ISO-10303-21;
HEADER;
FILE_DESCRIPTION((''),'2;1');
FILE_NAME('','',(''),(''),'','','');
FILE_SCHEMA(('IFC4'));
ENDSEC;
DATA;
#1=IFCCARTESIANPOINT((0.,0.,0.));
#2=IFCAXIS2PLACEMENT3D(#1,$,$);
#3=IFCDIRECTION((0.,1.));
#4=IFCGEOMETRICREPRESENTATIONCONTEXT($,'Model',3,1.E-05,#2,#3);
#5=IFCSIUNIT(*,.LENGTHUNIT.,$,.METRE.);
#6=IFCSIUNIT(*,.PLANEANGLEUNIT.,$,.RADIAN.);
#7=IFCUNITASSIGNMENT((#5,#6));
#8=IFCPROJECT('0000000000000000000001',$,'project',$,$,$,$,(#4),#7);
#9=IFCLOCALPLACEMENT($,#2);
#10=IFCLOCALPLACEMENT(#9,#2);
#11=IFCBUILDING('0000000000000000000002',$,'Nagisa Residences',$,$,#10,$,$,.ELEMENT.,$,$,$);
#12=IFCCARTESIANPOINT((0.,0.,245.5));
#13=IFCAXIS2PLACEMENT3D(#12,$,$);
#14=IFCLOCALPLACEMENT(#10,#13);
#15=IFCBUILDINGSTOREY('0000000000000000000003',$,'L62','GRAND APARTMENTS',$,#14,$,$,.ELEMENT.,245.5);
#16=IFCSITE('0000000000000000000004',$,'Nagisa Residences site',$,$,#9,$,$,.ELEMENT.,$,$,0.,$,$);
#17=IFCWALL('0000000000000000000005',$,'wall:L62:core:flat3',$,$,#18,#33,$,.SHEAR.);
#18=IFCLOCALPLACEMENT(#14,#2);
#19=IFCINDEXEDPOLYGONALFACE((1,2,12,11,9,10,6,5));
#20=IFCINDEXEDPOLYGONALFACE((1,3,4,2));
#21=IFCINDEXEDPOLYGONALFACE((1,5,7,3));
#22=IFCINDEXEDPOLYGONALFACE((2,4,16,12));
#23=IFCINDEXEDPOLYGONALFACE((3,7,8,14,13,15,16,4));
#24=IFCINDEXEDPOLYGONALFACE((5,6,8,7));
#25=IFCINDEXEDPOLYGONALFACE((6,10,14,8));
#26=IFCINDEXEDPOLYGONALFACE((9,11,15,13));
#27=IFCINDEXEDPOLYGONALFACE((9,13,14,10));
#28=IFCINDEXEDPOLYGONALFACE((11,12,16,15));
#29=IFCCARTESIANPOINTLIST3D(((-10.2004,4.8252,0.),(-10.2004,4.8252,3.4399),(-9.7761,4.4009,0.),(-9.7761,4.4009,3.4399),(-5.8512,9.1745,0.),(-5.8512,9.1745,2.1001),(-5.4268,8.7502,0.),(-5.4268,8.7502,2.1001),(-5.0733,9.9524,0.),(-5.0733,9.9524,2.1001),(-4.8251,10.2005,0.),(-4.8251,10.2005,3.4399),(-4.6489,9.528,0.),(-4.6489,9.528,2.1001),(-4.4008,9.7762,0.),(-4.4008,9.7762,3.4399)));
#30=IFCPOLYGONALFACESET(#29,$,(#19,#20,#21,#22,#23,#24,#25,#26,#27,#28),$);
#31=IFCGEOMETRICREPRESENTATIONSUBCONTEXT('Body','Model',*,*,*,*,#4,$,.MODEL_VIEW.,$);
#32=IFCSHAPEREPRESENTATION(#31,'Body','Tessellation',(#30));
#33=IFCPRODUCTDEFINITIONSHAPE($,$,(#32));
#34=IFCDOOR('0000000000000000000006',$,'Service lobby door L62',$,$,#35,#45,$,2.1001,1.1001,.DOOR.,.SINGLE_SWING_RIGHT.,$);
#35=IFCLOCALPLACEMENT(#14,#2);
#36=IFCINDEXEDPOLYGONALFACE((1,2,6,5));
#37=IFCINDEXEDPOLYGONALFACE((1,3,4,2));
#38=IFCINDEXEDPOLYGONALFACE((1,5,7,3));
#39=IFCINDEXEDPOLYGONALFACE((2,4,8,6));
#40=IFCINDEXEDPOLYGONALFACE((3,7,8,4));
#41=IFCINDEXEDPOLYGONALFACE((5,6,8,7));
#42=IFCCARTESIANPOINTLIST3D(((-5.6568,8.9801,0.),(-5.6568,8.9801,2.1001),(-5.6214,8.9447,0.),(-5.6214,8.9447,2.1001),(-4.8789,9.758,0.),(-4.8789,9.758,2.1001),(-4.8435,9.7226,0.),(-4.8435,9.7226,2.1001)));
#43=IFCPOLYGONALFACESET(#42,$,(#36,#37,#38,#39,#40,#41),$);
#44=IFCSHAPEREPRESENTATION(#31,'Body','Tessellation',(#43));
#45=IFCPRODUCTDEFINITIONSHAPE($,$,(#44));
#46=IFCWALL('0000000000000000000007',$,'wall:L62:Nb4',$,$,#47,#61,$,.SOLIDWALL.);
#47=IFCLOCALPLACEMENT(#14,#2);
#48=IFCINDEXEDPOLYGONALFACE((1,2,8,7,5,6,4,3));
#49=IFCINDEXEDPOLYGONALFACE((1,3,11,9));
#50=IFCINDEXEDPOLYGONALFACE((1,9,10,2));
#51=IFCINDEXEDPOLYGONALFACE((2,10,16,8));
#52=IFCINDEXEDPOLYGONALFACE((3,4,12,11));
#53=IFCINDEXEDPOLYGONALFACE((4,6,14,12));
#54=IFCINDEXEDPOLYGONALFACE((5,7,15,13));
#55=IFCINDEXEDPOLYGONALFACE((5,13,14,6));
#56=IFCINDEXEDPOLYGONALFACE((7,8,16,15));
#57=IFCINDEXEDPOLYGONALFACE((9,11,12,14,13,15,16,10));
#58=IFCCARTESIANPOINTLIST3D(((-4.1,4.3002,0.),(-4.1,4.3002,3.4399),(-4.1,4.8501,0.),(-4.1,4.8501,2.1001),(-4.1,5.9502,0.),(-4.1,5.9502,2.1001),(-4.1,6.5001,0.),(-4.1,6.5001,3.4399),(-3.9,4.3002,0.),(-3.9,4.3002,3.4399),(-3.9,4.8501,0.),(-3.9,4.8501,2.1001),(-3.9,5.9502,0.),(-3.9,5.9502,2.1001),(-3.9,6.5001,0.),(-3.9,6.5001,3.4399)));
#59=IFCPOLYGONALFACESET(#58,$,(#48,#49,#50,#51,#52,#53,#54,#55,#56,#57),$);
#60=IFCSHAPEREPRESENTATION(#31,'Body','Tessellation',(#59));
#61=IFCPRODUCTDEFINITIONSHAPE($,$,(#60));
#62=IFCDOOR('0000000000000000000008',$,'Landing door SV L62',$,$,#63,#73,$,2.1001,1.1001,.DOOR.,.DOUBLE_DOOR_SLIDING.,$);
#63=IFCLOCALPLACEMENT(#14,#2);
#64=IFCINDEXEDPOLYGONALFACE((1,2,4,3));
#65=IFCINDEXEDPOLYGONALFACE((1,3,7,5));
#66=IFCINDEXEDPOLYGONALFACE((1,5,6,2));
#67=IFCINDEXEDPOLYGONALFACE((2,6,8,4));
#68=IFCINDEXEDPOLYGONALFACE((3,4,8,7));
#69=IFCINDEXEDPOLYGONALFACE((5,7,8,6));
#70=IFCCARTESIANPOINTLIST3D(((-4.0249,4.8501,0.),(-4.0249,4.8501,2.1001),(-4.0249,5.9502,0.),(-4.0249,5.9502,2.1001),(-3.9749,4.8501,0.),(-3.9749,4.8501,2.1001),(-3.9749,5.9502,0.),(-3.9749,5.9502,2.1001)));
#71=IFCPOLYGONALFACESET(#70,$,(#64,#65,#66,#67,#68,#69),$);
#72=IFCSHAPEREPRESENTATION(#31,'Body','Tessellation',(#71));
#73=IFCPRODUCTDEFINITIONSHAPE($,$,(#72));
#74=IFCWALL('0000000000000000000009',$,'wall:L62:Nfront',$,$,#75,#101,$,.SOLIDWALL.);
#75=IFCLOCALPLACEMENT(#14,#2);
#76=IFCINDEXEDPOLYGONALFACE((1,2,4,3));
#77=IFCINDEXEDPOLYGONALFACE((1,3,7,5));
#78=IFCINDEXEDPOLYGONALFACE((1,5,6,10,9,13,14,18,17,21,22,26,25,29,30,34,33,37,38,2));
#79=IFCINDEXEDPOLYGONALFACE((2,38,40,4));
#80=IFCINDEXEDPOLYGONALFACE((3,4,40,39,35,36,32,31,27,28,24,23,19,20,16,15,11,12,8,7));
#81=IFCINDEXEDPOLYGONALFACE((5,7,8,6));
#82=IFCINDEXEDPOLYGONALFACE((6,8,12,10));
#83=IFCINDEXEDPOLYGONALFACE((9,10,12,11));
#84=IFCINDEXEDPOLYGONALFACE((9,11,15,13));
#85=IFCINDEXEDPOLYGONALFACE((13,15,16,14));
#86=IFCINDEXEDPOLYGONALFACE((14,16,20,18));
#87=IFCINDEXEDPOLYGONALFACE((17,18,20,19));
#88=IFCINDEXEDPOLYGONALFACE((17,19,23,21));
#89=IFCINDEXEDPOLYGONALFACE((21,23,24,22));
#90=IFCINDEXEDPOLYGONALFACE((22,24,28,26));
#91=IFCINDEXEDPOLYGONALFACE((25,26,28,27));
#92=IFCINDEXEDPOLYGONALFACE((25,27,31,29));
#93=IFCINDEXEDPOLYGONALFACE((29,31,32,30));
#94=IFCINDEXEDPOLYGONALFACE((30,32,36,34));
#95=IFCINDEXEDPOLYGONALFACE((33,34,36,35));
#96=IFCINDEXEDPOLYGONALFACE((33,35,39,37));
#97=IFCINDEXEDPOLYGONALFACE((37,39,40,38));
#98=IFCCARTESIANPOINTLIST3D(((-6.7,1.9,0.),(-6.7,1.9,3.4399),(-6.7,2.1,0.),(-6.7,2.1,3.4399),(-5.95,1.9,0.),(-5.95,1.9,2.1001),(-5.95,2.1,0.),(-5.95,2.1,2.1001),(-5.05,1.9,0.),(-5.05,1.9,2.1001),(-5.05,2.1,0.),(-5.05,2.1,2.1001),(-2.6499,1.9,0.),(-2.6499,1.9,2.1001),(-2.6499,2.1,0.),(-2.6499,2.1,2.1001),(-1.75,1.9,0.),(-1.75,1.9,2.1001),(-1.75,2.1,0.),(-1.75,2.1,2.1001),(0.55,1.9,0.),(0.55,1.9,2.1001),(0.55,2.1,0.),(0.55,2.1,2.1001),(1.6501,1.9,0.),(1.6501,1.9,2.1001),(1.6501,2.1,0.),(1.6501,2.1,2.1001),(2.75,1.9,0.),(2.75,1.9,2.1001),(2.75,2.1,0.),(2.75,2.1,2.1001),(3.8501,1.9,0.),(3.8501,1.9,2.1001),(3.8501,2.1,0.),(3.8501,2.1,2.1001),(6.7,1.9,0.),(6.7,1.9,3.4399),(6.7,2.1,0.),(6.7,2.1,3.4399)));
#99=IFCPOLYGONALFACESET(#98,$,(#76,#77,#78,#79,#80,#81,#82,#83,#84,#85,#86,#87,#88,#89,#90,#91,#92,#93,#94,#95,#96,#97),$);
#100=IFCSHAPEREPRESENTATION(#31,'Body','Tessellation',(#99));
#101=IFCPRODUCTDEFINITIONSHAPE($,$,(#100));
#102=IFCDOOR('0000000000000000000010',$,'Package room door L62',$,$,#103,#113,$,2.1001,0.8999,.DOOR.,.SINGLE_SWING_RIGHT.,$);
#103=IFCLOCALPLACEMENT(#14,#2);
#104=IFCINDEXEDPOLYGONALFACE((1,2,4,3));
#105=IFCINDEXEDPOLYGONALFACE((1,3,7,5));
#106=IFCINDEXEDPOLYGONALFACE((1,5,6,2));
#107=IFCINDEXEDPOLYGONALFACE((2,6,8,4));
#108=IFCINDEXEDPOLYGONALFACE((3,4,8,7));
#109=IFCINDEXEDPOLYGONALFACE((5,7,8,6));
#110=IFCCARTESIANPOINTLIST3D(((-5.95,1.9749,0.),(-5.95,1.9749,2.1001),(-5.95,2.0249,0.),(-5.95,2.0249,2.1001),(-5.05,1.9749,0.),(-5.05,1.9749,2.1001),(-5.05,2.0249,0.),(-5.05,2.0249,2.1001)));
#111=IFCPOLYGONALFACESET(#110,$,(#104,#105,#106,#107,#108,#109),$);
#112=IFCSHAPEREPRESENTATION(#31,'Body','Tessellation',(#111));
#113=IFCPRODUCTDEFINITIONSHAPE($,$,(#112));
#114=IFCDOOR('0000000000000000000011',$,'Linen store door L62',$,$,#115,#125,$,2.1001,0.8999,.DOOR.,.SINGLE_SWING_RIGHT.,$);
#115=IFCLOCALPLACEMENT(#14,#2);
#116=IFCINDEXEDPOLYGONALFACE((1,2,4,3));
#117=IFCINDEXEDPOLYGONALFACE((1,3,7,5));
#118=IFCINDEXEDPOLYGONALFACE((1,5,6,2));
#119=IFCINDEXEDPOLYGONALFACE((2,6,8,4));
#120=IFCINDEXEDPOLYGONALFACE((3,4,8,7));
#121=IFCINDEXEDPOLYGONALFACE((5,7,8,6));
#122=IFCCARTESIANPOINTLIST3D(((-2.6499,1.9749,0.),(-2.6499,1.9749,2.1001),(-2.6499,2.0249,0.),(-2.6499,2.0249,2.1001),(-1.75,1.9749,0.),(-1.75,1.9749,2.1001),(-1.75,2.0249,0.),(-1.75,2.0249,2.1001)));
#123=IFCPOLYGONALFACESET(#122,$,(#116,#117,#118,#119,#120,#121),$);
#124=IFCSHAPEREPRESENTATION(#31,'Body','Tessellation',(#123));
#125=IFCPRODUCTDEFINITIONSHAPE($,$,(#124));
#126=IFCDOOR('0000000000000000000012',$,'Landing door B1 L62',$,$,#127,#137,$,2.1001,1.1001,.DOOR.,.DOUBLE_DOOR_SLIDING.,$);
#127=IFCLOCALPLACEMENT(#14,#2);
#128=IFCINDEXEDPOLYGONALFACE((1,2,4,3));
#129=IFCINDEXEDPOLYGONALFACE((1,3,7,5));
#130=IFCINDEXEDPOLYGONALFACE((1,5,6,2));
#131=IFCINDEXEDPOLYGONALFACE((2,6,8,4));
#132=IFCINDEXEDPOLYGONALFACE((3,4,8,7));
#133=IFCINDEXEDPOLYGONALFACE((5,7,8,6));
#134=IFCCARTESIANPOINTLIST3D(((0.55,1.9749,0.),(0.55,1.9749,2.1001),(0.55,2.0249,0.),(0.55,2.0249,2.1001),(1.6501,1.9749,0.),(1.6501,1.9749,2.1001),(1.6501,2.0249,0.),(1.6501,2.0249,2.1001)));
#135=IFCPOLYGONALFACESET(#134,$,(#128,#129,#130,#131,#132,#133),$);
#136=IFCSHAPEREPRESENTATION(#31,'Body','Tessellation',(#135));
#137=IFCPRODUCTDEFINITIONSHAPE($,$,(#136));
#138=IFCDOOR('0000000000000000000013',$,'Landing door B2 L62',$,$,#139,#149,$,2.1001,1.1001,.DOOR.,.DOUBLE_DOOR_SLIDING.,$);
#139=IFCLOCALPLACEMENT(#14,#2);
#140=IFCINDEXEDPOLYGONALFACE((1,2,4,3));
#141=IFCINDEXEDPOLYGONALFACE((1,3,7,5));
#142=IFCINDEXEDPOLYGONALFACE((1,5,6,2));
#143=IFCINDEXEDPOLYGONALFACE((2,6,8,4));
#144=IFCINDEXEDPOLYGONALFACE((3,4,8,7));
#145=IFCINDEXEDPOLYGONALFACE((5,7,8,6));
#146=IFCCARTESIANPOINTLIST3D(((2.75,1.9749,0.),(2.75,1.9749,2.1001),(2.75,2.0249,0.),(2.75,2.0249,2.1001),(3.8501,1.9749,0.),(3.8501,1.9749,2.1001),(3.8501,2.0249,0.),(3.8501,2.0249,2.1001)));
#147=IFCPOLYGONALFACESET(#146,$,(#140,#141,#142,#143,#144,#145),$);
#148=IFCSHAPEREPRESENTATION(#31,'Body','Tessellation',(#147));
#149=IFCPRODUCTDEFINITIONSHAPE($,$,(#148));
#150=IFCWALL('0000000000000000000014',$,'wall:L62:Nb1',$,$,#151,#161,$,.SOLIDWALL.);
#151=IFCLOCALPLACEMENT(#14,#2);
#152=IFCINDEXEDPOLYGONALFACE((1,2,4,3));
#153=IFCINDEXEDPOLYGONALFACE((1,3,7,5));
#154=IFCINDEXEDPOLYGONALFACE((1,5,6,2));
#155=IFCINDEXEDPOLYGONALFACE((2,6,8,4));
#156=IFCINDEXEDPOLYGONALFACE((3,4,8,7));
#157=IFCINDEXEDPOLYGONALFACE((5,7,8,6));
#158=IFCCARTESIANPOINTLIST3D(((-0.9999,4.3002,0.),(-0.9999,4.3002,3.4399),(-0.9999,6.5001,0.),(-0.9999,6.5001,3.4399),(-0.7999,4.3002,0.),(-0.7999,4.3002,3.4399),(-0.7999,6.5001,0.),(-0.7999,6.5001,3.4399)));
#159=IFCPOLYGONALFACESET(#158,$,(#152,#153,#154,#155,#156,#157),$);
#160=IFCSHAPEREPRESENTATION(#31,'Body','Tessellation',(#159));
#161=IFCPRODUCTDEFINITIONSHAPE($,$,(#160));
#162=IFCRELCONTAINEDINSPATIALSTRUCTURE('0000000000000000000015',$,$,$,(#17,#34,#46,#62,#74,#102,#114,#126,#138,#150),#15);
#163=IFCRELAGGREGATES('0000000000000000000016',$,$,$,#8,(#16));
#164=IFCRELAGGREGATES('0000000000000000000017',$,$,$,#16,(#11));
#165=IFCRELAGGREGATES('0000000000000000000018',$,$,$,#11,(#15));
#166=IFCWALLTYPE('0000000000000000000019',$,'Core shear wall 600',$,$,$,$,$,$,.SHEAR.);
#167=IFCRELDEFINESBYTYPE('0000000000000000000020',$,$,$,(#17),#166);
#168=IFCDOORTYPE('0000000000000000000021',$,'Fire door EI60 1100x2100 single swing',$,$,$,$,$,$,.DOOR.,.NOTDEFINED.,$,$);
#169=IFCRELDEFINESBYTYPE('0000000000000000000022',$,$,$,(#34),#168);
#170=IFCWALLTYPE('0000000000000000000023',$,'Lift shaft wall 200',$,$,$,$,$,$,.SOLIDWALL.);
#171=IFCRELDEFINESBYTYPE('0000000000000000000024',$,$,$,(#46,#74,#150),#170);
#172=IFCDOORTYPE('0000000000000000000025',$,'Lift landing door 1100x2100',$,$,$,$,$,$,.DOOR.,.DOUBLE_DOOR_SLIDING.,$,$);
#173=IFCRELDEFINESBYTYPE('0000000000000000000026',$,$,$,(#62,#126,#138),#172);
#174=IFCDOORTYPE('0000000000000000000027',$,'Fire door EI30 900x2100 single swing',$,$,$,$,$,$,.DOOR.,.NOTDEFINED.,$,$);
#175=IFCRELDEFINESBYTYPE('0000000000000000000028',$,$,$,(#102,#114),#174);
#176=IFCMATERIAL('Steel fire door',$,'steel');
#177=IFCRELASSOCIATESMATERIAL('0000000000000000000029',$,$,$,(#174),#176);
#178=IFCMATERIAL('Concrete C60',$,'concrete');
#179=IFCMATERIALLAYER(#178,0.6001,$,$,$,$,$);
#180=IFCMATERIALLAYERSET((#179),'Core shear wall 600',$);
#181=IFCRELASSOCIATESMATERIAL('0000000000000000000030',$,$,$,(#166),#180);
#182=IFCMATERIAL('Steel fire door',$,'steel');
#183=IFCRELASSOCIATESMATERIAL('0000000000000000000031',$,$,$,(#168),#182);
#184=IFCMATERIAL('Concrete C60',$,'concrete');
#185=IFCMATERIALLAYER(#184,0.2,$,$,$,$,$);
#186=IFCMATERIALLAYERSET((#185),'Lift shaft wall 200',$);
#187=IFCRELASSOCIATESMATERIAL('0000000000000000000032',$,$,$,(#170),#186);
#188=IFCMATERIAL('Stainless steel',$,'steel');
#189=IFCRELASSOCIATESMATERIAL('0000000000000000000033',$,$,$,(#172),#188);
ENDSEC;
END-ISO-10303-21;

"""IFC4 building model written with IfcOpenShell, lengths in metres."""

from ifc_helpers import new_model, si_unit, direction, frame, frame_2d, origin, place, context, subcontext, project, spatial, rectangle, extrude, material, layer, layer_set, type_object, element, fill, save


model = new_model("IFC4")

# Units and contexts
model_context = context("Model", 3, precision=1e-05, world=origin(), true_north=direction((0.0, 1.0)))
body_context = subcontext(model_context, "Body", "Model", "MODEL_VIEW")
ifc_project = project(units=[si_unit("LENGTHUNIT", "METRE"), si_unit("PLANEANGLEUNIT", "RADIAN")], contexts=[model_context])

# Site, building, storey
site_placement = place(None, origin())
site = spatial("IfcSite", under=ifc_project, at=site_placement, Name="Nagisa Residences site", CompositionType="ELEMENT", RefElevation=0.0)
building_placement = place(site_placement, origin())
building = spatial("IfcBuilding", under=site, at=building_placement, Name="Nagisa Residences", CompositionType="ELEMENT")
storey_placement = place(building_placement, frame((0.0, 0.0, 245.5)))
storey = spatial("IfcBuildingStorey", under=building, at=storey_placement, Name="L62", Description="GRAND APARTMENTS", CompositionType="ELEMENT", Elevation=245.5)

# Shared definitions
ifc_material_1 = material(Name="Steel fire door", Category="steel")
door_type_1 = type_object("IfcDoorType", Name="Fire door EI30 900x2100 single swing", OperationType="NOTDEFINED", PredefinedType="DOOR", material=ifc_material_1)

# Walls, openings, doors
ifc_material_2 = material(Name="Concrete C60", Category="concrete")
ifc_layer_1 = layer(ifc_material_2, 0.6001)
ifc_layer_set_1 = layer_set([ifc_layer_1], Name="Core shear wall 600")
wall_type_1 = type_object("IfcWallType", Name="Core shear wall 600", PredefinedType="SHEAR", material=ifc_layer_set_1)
wall_1_placement = place(storey_placement, frame((-4.613, 9.9883, 0.0), z_axis=(0.0, 0.0, 1.0), x_axis=(-0.707107, -0.707107, 0.0)))
wall_1 = element("IfcWall", 1, at=wall_1_placement, inside=storey, type_object=wall_type_1, Name="wall:L62:core:flat3", PredefinedType="SHEAR", context=body_context, shape_type="SweptSolid", body=[
    extrude(rectangle(XDim=7.6018, YDim=0.6001, at=frame_2d((3.8008, 0.0))), origin(), (0.0, 0.0, 1.0), 3.4399),
])
opening_1_placement = place(wall_1_placement, frame((0.3508, 0.0, 0.0)))
opening_1 = element("IfcOpeningElement", 2, at=opening_1_placement, cuts=wall_1, PredefinedType="OPENING", context=body_context, shape_type="SweptSolid", body=[
    extrude(rectangle(XDim=1.1001, YDim=2.1001, at=frame_2d((0.55, 1.05))), frame((0.0, 0.3101, 0.0), z_axis=(0.0, -1.0, 0.0), x_axis=(1.0, 0.0, 0.0)), (0.0, 0.0, 1.0), 0.6201),
])
ifc_material_3 = material(Name="Steel fire door", Category="steel")
door_type_2 = type_object("IfcDoorType", Name="Fire door EI60 1100x2100 single swing", OperationType="NOTDEFINED", PredefinedType="DOOR", material=ifc_material_3)
door_1_placement = place(opening_1_placement, origin())
door_1 = element("IfcDoor", 3, at=door_1_placement, inside=storey, type_object=door_type_2, Name="Service lobby door L62", OperationType="SINGLE_SWING_RIGHT", OverallHeight=2.1001, OverallWidth=1.1001, PredefinedType="DOOR", context=body_context, shape_type="SweptSolid", body=[
    extrude(rectangle(XDim=1.1001, YDim=2.1001, at=frame_2d((0.55, 1.05))), frame((0.0, 0.0249, 0.0), z_axis=(0.0, -1.0, 0.0), x_axis=(1.0, 0.0, 0.0)), (0.0, 0.0, 1.0), 0.05),
])
fill(opening_1, door_1)
ifc_material_4 = material(Name="Concrete C60", Category="concrete")
ifc_layer_2 = layer(ifc_material_4, 0.2)
ifc_layer_set_2 = layer_set([ifc_layer_2], Name="Lift shaft wall 200")
wall_type_2 = type_object("IfcWallType", Name="Lift shaft wall 200", PredefinedType="SOLIDWALL", material=ifc_layer_set_2)
wall_2_placement = place(storey_placement, frame((-4.0, 4.3, 0.0), z_axis=(0.0, 0.0, 1.0), x_axis=(0.0, 1.0, 0.0)))
wall_2 = element("IfcWall", 4, at=wall_2_placement, inside=storey, type_object=wall_type_2, Name="wall:L62:Nb4", PredefinedType="SOLIDWALL", context=body_context, shape_type="SweptSolid", body=[
    extrude(rectangle(XDim=2.2, YDim=0.2, at=frame_2d((1.1001, 0.0))), origin(), (0.0, 0.0, 1.0), 3.4399),
])
opening_2_placement = place(wall_2_placement, frame((0.55, 0.0, 0.0)))
opening_2 = element("IfcOpeningElement", 5, at=opening_2_placement, cuts=wall_2, PredefinedType="OPENING", context=body_context, shape_type="SweptSolid", body=[
    extrude(rectangle(XDim=1.1001, YDim=2.1001, at=frame_2d((0.55, 1.05))), frame((0.0, 0.1099, 0.0), z_axis=(0.0, -1.0, 0.0), x_axis=(1.0, 0.0, 0.0)), (0.0, 0.0, 1.0), 0.22),
])
ifc_material_5 = material(Name="Stainless steel", Category="steel")
door_type_3 = type_object("IfcDoorType", Name="Lift landing door 1100x2100", OperationType="DOUBLE_DOOR_SLIDING", PredefinedType="DOOR", material=ifc_material_5)
door_2_placement = place(opening_2_placement, origin())
door_2 = element("IfcDoor", 6, at=door_2_placement, inside=storey, type_object=door_type_3, Name="Landing door SV L62", OperationType="DOUBLE_DOOR_SLIDING", OverallHeight=2.1001, OverallWidth=1.1001, PredefinedType="DOOR", context=body_context, shape_type="SweptSolid", body=[
    extrude(rectangle(XDim=1.1001, YDim=2.1001, at=frame_2d((0.55, 1.05))), frame((0.0, 0.0249, 0.0), z_axis=(0.0, -1.0, 0.0), x_axis=(1.0, 0.0, 0.0)), (0.0, 0.0, 1.0), 0.05),
])
fill(opening_2, door_2)

# Wall, openings, doors
wall_3_placement = place(storey_placement, frame((-6.7, 2.0, 0.0), z_axis=(0.0, 0.0, 1.0), x_axis=(1.0, 0.0, 0.0)))
wall_3 = element("IfcWall", 7, at=wall_3_placement, inside=storey, type_object=wall_type_2, Name="wall:L62:Nfront", PredefinedType="SOLIDWALL", context=body_context, shape_type="SweptSolid", body=[
    extrude(rectangle(XDim=13.3999, YDim=0.2, at=frame_2d((6.7, 0.0))), origin(), (0.0, 0.0, 1.0), 3.4399),
])
opening_3_placement = place(wall_3_placement, frame((7.25, 0.0, 0.0)))
opening_3 = element("IfcOpeningElement", 8, at=opening_3_placement, cuts=wall_3, PredefinedType="OPENING", context=body_context, shape_type="SweptSolid", body=[
    extrude(rectangle(XDim=1.1001, YDim=2.1001, at=frame_2d((0.55, 1.05))), frame((0.0, 0.1099, 0.0), z_axis=(0.0, -1.0, 0.0), x_axis=(1.0, 0.0, 0.0)), (0.0, 0.0, 1.0), 0.22),
])
opening_4_placement = place(wall_3_placement, frame((9.45, 0.0, 0.0)))
opening_4 = element("IfcOpeningElement", 9, at=opening_4_placement, cuts=wall_3, PredefinedType="OPENING", context=body_context, shape_type="SweptSolid", body=[
    extrude(rectangle(XDim=1.1001, YDim=2.1001, at=frame_2d((0.55, 1.05))), frame((0.0, 0.1099, 0.0), z_axis=(0.0, -1.0, 0.0), x_axis=(1.0, 0.0, 0.0)), (0.0, 0.0, 1.0), 0.22),
])
opening_5_placement = place(wall_3_placement, frame((0.75, 0.0, 0.0)))
opening_5 = element("IfcOpeningElement", 10, at=opening_5_placement, cuts=wall_3, PredefinedType="OPENING", context=body_context, shape_type="SweptSolid", body=[
    extrude(rectangle(XDim=0.8999, YDim=2.1001, at=frame_2d((0.45, 1.05))), frame((0.0, 0.1099, 0.0), z_axis=(0.0, -1.0, 0.0), x_axis=(1.0, 0.0, 0.0)), (0.0, 0.0, 1.0), 0.22),
])
opening_6_placement = place(wall_3_placement, frame((4.05, 0.0, 0.0)))
opening_6 = element("IfcOpeningElement", 11, at=opening_6_placement, cuts=wall_3, PredefinedType="OPENING", context=body_context, shape_type="SweptSolid", body=[
    extrude(rectangle(XDim=0.8999, YDim=2.1001, at=frame_2d((0.45, 1.05))), frame((0.0, 0.1099, 0.0), z_axis=(0.0, -1.0, 0.0), x_axis=(1.0, 0.0, 0.0)), (0.0, 0.0, 1.0), 0.22),
])
door_3_placement = place(opening_5_placement, origin())
door_3 = element("IfcDoor", 12, at=door_3_placement, inside=storey, type_object=door_type_1, Name="Package room door L62", OperationType="SINGLE_SWING_RIGHT", OverallHeight=2.1001, OverallWidth=0.8999, PredefinedType="DOOR", context=body_context, shape_type="SweptSolid", body=[
    extrude(rectangle(XDim=0.8999, YDim=2.1001, at=frame_2d((0.45, 1.05))), frame((0.0, 0.0249, 0.0), z_axis=(0.0, -1.0, 0.0), x_axis=(1.0, 0.0, 0.0)), (0.0, 0.0, 1.0), 0.05),
])
fill(opening_5, door_3)
door_4_placement = place(opening_6_placement, origin())
door_4 = element("IfcDoor", 13, at=door_4_placement, inside=storey, type_object=door_type_1, Name="Linen store door L62", OperationType="SINGLE_SWING_RIGHT", OverallHeight=2.1001, OverallWidth=0.8999, PredefinedType="DOOR", context=body_context, shape_type="SweptSolid", body=[
    extrude(rectangle(XDim=0.8999, YDim=2.1001, at=frame_2d((0.45, 1.05))), frame((0.0, 0.0249, 0.0), z_axis=(0.0, -1.0, 0.0), x_axis=(1.0, 0.0, 0.0)), (0.0, 0.0, 1.0), 0.05),
])
fill(opening_6, door_4)
door_5_placement = place(opening_3_placement, origin())
door_5 = element("IfcDoor", 14, at=door_5_placement, inside=storey, type_object=door_type_3, Name="Landing door B1 L62", OperationType="DOUBLE_DOOR_SLIDING", OverallHeight=2.1001, OverallWidth=1.1001, PredefinedType="DOOR", context=body_context, shape_type="SweptSolid", body=[
    extrude(rectangle(XDim=1.1001, YDim=2.1001, at=frame_2d((0.55, 1.05))), frame((0.0, 0.0249, 0.0), z_axis=(0.0, -1.0, 0.0), x_axis=(1.0, 0.0, 0.0)), (0.0, 0.0, 1.0), 0.05),
])
fill(opening_3, door_5)
door_6_placement = place(opening_4_placement, origin())
door_6 = element("IfcDoor", 15, at=door_6_placement, inside=storey, type_object=door_type_3, Name="Landing door B2 L62", OperationType="DOUBLE_DOOR_SLIDING", OverallHeight=2.1001, OverallWidth=1.1001, PredefinedType="DOOR", context=body_context, shape_type="SweptSolid", body=[
    extrude(rectangle(XDim=1.1001, YDim=2.1001, at=frame_2d((0.55, 1.05))), frame((0.0, 0.0249, 0.0), z_axis=(0.0, -1.0, 0.0), x_axis=(1.0, 0.0, 0.0)), (0.0, 0.0, 1.0), 0.05),
])
fill(opening_4, door_6)

# Wall
wall_4_placement = place(storey_placement, frame((-0.8999, 4.3, 0.0), z_axis=(0.0, 0.0, 1.0), x_axis=(0.0, 1.0, 0.0)))
element("IfcWall", 16, at=wall_4_placement, inside=storey, type_object=wall_type_2, Name="wall:L62:Nb1", PredefinedType="SOLIDWALL", context=body_context, shape_type="SweptSolid", body=[
    extrude(rectangle(XDim=2.2, YDim=0.2, at=frame_2d((1.1001, 0.0))), origin(), (0.0, 0.0, 1.0), 3.4399),
])

save(model, "model.ifc")
